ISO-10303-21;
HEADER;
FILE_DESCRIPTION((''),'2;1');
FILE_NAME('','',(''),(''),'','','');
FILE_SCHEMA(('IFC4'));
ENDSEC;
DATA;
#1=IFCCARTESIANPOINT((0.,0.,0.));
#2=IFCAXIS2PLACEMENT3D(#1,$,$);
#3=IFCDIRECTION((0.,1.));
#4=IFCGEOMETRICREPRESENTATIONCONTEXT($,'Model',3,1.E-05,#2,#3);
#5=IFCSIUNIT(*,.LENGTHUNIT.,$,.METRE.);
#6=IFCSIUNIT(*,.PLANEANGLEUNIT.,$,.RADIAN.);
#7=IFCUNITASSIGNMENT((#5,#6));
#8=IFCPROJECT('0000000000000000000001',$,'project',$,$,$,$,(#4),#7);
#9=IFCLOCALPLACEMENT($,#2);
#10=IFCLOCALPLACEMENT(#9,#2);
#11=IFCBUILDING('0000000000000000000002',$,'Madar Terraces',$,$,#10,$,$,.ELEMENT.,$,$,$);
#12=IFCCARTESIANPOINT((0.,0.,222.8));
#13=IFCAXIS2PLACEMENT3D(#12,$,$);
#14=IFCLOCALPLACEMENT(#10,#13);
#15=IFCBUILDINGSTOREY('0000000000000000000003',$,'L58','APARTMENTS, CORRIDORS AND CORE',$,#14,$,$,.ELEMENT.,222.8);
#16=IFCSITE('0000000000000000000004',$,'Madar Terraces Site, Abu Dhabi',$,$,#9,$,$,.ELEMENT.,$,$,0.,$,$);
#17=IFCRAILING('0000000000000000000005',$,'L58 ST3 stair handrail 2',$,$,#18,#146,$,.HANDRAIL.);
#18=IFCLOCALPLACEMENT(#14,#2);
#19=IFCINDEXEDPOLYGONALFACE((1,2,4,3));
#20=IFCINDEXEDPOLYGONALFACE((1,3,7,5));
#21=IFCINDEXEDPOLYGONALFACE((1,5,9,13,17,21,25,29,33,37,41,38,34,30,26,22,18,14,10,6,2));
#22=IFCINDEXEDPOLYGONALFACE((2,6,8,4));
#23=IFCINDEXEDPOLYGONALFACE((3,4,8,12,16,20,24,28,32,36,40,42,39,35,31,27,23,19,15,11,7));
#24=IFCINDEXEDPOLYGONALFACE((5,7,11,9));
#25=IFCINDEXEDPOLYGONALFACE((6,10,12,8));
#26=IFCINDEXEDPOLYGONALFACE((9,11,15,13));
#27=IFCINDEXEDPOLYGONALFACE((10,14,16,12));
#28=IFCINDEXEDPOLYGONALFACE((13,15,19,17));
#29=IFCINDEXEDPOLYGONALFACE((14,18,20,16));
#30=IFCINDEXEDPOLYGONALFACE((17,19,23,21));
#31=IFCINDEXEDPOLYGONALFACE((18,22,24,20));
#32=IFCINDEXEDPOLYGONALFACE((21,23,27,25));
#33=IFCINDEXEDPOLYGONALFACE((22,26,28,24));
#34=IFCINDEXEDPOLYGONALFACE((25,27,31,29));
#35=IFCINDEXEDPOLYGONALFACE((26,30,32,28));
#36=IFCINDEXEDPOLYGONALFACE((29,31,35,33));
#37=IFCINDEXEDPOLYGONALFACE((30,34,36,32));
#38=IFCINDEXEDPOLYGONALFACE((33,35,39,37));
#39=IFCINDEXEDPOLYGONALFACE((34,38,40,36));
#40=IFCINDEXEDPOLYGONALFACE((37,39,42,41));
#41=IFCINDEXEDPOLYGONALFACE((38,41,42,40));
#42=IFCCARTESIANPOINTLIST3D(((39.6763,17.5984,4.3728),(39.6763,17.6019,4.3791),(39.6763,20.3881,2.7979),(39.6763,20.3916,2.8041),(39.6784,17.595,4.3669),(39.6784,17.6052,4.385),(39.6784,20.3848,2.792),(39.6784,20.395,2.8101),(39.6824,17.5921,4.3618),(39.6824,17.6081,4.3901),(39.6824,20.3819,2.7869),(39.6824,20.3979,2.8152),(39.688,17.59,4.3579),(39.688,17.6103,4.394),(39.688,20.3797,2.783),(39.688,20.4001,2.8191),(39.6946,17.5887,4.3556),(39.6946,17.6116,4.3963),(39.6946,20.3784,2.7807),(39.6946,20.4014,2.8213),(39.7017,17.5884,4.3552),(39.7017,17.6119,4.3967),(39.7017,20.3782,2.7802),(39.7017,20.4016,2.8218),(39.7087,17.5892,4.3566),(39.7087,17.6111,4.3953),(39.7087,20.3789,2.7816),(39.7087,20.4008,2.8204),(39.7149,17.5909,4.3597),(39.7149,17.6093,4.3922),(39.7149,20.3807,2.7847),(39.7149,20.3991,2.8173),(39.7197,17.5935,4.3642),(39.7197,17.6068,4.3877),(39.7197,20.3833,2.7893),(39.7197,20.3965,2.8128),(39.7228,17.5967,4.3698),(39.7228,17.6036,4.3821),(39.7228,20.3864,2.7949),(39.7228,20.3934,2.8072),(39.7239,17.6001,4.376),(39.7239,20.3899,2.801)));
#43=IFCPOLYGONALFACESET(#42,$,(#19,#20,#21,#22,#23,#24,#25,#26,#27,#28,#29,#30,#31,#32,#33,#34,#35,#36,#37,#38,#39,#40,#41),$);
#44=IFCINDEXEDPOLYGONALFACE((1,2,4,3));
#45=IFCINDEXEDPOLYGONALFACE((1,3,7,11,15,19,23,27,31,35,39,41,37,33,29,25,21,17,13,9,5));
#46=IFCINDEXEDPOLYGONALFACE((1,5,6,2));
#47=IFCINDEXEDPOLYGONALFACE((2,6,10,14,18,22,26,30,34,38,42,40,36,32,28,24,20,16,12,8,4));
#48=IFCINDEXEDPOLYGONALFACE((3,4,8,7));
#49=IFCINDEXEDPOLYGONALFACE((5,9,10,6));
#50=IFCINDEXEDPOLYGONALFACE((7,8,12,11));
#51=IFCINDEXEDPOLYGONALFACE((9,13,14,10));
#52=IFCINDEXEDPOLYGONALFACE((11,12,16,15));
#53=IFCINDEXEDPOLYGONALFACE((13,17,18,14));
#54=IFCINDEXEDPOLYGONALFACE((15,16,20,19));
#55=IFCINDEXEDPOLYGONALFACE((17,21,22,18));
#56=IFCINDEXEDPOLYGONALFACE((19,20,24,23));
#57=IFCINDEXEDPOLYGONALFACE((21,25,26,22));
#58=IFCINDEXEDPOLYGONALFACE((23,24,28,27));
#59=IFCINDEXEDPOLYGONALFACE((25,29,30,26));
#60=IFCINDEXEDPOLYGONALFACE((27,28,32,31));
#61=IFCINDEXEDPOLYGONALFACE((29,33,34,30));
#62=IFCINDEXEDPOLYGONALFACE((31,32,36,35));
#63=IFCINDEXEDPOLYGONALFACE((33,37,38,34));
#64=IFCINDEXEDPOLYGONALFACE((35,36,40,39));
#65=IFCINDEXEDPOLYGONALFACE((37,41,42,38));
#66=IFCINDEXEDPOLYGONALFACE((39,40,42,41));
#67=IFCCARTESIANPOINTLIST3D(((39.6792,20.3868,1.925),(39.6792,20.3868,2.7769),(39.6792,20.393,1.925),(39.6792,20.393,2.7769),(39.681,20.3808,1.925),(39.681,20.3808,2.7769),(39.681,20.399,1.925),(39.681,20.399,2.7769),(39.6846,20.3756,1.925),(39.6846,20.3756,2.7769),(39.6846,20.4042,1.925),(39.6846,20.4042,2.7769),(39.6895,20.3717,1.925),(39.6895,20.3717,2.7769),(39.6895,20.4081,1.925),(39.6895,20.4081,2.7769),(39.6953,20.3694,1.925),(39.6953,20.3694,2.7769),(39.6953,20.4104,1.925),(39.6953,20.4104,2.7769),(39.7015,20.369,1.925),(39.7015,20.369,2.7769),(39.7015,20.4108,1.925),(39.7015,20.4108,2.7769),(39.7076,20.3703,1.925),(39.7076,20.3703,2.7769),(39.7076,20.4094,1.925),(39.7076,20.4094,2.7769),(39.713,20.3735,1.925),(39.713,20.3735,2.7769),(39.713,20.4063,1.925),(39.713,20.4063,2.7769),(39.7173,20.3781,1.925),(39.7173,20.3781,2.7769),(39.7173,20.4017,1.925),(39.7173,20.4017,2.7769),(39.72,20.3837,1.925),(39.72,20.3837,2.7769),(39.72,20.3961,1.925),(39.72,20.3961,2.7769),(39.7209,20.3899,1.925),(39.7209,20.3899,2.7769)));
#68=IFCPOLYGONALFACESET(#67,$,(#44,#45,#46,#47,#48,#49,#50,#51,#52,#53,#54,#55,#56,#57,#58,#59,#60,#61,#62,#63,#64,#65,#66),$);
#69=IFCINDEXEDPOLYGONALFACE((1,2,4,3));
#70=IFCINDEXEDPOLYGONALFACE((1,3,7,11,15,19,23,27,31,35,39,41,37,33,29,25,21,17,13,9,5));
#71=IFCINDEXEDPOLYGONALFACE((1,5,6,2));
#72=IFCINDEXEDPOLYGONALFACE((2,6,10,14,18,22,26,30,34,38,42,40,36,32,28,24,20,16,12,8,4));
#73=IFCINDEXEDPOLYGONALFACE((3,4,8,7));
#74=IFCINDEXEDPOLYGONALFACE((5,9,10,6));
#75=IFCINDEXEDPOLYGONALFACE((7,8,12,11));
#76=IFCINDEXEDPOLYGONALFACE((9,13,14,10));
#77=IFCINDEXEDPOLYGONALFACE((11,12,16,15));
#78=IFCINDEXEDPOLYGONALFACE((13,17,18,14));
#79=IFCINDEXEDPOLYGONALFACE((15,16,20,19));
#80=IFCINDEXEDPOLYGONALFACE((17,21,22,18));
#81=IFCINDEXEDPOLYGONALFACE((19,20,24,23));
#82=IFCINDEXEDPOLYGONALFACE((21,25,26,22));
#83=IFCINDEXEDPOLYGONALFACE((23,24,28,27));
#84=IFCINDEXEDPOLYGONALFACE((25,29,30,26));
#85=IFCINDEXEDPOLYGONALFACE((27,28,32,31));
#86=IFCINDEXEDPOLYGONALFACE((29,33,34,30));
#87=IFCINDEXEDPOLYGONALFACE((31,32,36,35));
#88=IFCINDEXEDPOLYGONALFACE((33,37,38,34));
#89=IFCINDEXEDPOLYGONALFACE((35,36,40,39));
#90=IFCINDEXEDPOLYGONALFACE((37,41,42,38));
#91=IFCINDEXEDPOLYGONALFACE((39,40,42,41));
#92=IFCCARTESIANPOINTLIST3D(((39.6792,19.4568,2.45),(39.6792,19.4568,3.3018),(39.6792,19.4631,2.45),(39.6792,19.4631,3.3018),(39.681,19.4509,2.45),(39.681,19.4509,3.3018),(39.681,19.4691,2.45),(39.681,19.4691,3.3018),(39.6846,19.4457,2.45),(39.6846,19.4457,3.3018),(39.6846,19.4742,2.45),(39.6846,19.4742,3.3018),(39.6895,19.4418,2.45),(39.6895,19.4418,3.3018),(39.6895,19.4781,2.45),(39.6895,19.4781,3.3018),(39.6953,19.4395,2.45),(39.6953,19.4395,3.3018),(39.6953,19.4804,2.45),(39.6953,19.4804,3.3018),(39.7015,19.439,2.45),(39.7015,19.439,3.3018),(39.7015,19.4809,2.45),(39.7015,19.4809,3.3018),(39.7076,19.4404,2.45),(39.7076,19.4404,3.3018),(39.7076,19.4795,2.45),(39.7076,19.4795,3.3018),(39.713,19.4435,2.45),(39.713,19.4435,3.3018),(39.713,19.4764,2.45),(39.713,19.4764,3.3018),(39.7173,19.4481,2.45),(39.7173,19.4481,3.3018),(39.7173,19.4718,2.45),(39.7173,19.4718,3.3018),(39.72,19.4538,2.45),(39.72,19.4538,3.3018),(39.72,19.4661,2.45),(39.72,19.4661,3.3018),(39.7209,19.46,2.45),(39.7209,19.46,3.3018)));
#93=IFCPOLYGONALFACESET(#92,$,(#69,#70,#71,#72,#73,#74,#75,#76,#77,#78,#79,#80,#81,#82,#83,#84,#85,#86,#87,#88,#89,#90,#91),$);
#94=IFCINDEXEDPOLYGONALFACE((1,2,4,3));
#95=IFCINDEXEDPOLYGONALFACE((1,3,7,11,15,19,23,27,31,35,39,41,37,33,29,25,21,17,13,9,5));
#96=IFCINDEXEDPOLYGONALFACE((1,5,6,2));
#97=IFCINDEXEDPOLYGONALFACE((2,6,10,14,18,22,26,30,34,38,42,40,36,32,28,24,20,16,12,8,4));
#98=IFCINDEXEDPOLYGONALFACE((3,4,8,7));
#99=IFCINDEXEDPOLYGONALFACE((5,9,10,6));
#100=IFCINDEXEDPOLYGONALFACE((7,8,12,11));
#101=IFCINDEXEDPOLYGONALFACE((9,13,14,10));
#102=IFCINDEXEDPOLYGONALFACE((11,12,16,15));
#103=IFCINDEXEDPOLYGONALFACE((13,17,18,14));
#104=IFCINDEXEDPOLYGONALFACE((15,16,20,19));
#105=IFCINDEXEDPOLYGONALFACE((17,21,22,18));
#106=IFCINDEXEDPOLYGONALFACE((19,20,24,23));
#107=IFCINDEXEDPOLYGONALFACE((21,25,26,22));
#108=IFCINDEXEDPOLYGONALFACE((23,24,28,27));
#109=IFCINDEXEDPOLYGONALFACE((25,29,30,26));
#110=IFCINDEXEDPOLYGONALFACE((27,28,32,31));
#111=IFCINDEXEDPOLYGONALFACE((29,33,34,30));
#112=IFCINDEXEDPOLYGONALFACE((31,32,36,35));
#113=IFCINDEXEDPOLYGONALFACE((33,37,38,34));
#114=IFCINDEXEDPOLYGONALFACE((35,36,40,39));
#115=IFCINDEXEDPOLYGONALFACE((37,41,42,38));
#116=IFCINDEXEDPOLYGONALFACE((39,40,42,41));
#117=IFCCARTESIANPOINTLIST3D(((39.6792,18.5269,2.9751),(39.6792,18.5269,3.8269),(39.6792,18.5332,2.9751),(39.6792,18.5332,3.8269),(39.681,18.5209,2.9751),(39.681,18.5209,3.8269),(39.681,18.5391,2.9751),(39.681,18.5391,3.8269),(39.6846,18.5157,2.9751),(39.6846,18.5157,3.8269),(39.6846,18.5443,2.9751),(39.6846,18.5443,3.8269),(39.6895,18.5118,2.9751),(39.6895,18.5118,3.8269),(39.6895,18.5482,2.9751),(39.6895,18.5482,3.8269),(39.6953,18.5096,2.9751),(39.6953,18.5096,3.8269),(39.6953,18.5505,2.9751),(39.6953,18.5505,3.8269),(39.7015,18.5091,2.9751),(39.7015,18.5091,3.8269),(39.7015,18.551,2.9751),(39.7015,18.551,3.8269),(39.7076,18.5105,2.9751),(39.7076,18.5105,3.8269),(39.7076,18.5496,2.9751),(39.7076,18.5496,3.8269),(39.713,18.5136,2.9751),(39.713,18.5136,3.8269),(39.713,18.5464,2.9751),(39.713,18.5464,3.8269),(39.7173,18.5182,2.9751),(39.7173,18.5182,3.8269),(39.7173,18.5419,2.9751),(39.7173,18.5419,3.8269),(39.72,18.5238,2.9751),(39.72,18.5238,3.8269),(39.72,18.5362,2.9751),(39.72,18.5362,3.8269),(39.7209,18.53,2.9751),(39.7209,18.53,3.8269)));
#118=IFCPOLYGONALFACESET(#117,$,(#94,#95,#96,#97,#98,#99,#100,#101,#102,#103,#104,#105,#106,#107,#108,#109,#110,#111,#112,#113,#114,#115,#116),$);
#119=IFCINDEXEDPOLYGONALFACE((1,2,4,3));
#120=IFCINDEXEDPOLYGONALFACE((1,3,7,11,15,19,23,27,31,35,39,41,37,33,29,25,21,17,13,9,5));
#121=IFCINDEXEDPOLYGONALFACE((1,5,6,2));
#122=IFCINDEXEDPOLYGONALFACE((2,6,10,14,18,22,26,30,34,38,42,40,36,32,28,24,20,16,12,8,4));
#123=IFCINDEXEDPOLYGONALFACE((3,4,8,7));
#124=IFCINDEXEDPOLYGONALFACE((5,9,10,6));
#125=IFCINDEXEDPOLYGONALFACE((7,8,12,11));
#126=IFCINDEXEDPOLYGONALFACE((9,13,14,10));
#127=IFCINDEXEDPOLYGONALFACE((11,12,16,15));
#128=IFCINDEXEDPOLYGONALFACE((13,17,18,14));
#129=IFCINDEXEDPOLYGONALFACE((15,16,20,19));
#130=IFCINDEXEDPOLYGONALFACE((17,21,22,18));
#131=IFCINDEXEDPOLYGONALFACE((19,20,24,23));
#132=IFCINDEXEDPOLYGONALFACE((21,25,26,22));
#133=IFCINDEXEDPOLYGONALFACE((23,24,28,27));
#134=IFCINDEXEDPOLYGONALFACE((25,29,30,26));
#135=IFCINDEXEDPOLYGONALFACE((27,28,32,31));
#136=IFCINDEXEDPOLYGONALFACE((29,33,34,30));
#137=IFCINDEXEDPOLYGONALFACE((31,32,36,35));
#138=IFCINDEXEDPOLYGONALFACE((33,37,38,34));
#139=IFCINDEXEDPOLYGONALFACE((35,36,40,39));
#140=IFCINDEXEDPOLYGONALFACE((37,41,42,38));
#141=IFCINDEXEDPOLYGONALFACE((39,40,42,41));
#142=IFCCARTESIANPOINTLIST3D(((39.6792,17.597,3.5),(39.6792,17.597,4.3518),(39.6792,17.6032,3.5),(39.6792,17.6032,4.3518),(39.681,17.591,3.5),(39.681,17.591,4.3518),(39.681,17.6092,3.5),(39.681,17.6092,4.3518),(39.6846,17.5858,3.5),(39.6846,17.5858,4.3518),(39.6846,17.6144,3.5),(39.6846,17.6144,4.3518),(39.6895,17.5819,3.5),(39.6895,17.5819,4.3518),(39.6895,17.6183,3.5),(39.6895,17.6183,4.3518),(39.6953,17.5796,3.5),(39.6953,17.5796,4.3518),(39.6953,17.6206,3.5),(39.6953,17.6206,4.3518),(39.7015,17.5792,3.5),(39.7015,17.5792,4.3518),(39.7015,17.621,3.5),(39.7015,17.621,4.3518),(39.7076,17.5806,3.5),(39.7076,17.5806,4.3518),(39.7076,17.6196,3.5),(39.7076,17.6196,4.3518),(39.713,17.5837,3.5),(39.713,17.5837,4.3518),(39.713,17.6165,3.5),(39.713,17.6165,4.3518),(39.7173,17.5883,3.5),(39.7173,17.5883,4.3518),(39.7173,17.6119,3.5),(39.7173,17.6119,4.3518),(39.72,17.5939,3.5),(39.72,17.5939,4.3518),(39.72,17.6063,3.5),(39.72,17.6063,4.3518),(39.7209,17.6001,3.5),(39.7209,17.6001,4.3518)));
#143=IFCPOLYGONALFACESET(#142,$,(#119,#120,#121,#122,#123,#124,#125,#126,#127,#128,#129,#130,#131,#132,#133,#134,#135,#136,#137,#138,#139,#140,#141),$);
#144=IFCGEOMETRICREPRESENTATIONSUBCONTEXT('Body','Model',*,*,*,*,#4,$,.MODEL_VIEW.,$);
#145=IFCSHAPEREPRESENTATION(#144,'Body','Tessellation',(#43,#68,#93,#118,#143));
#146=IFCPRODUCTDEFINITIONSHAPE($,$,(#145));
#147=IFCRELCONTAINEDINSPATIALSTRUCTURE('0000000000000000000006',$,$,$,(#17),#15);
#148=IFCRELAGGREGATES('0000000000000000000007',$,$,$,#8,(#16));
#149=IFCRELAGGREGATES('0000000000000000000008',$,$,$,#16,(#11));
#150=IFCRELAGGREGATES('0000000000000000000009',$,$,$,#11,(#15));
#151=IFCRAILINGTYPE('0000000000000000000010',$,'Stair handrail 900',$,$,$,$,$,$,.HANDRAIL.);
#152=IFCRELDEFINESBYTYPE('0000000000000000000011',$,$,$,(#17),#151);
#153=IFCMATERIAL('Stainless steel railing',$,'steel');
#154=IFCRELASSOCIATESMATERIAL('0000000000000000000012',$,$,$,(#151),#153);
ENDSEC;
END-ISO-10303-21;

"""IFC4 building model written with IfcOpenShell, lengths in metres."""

from ifc_helpers import new_model, si_unit, direction, frame, origin, origin_2d, place, context, subcontext, project, spatial, circle, extrude, material, type_object, element, save


model = new_model("IFC4")

# Units and contexts
model_context = context("Model", 3, precision=1e-05, world=origin(), true_north=direction((0.0, 1.0)))
body_context = subcontext(model_context, "Body", "Model", "MODEL_VIEW")
ifc_project = project(units=[si_unit("LENGTHUNIT", "METRE"), si_unit("PLANEANGLEUNIT", "RADIAN")], contexts=[model_context])

# Site, building, storey
site_placement = place(None, origin())
site = spatial("IfcSite", under=ifc_project, at=site_placement, Name="Madar Terraces Site, Abu Dhabi", CompositionType="ELEMENT", RefElevation=0.0)
building_placement = place(site_placement, origin())
building = spatial("IfcBuilding", under=site, at=building_placement, Name="Madar Terraces", CompositionType="ELEMENT")
storey_placement = place(building_placement, frame((0.0, 0.0, 222.8)))
storey = spatial("IfcBuildingStorey", under=building, at=storey_placement, Name="L58", Description="APARTMENTS, CORRIDORS AND CORE", CompositionType="ELEMENT", Elevation=222.8)

# Railing
ifc_material_1 = material(Name="Stainless steel railing", Category="steel")
railing_type_1 = type_object("IfcRailingType", Name="Stair handrail 900", PredefinedType="HANDRAIL", material=ifc_material_1)
railing_1_placement = place(storey_placement, frame((39.7, 20.3899, 1.925)))
element("IfcRailing", 1, at=railing_1_placement, inside=storey, type_object=railing_type_1, Name="L58 ST3 stair handrail 2", PredefinedType="HANDRAIL", context=body_context, shape_type="SweptSolid", body=[
    extrude(circle(Radius=0.0239, at=origin_2d()), frame((0.0, 0.0, 0.876), z_axis=(0.0, -0.870815, 0.49161), x_axis=(1.0, 0.0, 0.0)), (0.0, 0.0, 1.0), 3.2036),
    extrude(circle(Radius=0.021, at=origin_2d()), origin(), (0.0, 0.0, 1.0), 0.8518),
    extrude(circle(Radius=0.021, at=origin_2d()), frame((0.0, -0.9299, 0.5249)), (0.0, 0.0, 1.0), 0.8518),
    extrude(circle(Radius=0.021, at=origin_2d()), frame((0.0, -1.8599, 1.05)), (0.0, 0.0, 1.0), 0.8518),
    extrude(circle(Radius=0.021, at=origin_2d()), frame((0.0, -2.7898, 1.575)), (0.0, 0.0, 1.0), 0.8518),
])

save(model, "model.ifc")
